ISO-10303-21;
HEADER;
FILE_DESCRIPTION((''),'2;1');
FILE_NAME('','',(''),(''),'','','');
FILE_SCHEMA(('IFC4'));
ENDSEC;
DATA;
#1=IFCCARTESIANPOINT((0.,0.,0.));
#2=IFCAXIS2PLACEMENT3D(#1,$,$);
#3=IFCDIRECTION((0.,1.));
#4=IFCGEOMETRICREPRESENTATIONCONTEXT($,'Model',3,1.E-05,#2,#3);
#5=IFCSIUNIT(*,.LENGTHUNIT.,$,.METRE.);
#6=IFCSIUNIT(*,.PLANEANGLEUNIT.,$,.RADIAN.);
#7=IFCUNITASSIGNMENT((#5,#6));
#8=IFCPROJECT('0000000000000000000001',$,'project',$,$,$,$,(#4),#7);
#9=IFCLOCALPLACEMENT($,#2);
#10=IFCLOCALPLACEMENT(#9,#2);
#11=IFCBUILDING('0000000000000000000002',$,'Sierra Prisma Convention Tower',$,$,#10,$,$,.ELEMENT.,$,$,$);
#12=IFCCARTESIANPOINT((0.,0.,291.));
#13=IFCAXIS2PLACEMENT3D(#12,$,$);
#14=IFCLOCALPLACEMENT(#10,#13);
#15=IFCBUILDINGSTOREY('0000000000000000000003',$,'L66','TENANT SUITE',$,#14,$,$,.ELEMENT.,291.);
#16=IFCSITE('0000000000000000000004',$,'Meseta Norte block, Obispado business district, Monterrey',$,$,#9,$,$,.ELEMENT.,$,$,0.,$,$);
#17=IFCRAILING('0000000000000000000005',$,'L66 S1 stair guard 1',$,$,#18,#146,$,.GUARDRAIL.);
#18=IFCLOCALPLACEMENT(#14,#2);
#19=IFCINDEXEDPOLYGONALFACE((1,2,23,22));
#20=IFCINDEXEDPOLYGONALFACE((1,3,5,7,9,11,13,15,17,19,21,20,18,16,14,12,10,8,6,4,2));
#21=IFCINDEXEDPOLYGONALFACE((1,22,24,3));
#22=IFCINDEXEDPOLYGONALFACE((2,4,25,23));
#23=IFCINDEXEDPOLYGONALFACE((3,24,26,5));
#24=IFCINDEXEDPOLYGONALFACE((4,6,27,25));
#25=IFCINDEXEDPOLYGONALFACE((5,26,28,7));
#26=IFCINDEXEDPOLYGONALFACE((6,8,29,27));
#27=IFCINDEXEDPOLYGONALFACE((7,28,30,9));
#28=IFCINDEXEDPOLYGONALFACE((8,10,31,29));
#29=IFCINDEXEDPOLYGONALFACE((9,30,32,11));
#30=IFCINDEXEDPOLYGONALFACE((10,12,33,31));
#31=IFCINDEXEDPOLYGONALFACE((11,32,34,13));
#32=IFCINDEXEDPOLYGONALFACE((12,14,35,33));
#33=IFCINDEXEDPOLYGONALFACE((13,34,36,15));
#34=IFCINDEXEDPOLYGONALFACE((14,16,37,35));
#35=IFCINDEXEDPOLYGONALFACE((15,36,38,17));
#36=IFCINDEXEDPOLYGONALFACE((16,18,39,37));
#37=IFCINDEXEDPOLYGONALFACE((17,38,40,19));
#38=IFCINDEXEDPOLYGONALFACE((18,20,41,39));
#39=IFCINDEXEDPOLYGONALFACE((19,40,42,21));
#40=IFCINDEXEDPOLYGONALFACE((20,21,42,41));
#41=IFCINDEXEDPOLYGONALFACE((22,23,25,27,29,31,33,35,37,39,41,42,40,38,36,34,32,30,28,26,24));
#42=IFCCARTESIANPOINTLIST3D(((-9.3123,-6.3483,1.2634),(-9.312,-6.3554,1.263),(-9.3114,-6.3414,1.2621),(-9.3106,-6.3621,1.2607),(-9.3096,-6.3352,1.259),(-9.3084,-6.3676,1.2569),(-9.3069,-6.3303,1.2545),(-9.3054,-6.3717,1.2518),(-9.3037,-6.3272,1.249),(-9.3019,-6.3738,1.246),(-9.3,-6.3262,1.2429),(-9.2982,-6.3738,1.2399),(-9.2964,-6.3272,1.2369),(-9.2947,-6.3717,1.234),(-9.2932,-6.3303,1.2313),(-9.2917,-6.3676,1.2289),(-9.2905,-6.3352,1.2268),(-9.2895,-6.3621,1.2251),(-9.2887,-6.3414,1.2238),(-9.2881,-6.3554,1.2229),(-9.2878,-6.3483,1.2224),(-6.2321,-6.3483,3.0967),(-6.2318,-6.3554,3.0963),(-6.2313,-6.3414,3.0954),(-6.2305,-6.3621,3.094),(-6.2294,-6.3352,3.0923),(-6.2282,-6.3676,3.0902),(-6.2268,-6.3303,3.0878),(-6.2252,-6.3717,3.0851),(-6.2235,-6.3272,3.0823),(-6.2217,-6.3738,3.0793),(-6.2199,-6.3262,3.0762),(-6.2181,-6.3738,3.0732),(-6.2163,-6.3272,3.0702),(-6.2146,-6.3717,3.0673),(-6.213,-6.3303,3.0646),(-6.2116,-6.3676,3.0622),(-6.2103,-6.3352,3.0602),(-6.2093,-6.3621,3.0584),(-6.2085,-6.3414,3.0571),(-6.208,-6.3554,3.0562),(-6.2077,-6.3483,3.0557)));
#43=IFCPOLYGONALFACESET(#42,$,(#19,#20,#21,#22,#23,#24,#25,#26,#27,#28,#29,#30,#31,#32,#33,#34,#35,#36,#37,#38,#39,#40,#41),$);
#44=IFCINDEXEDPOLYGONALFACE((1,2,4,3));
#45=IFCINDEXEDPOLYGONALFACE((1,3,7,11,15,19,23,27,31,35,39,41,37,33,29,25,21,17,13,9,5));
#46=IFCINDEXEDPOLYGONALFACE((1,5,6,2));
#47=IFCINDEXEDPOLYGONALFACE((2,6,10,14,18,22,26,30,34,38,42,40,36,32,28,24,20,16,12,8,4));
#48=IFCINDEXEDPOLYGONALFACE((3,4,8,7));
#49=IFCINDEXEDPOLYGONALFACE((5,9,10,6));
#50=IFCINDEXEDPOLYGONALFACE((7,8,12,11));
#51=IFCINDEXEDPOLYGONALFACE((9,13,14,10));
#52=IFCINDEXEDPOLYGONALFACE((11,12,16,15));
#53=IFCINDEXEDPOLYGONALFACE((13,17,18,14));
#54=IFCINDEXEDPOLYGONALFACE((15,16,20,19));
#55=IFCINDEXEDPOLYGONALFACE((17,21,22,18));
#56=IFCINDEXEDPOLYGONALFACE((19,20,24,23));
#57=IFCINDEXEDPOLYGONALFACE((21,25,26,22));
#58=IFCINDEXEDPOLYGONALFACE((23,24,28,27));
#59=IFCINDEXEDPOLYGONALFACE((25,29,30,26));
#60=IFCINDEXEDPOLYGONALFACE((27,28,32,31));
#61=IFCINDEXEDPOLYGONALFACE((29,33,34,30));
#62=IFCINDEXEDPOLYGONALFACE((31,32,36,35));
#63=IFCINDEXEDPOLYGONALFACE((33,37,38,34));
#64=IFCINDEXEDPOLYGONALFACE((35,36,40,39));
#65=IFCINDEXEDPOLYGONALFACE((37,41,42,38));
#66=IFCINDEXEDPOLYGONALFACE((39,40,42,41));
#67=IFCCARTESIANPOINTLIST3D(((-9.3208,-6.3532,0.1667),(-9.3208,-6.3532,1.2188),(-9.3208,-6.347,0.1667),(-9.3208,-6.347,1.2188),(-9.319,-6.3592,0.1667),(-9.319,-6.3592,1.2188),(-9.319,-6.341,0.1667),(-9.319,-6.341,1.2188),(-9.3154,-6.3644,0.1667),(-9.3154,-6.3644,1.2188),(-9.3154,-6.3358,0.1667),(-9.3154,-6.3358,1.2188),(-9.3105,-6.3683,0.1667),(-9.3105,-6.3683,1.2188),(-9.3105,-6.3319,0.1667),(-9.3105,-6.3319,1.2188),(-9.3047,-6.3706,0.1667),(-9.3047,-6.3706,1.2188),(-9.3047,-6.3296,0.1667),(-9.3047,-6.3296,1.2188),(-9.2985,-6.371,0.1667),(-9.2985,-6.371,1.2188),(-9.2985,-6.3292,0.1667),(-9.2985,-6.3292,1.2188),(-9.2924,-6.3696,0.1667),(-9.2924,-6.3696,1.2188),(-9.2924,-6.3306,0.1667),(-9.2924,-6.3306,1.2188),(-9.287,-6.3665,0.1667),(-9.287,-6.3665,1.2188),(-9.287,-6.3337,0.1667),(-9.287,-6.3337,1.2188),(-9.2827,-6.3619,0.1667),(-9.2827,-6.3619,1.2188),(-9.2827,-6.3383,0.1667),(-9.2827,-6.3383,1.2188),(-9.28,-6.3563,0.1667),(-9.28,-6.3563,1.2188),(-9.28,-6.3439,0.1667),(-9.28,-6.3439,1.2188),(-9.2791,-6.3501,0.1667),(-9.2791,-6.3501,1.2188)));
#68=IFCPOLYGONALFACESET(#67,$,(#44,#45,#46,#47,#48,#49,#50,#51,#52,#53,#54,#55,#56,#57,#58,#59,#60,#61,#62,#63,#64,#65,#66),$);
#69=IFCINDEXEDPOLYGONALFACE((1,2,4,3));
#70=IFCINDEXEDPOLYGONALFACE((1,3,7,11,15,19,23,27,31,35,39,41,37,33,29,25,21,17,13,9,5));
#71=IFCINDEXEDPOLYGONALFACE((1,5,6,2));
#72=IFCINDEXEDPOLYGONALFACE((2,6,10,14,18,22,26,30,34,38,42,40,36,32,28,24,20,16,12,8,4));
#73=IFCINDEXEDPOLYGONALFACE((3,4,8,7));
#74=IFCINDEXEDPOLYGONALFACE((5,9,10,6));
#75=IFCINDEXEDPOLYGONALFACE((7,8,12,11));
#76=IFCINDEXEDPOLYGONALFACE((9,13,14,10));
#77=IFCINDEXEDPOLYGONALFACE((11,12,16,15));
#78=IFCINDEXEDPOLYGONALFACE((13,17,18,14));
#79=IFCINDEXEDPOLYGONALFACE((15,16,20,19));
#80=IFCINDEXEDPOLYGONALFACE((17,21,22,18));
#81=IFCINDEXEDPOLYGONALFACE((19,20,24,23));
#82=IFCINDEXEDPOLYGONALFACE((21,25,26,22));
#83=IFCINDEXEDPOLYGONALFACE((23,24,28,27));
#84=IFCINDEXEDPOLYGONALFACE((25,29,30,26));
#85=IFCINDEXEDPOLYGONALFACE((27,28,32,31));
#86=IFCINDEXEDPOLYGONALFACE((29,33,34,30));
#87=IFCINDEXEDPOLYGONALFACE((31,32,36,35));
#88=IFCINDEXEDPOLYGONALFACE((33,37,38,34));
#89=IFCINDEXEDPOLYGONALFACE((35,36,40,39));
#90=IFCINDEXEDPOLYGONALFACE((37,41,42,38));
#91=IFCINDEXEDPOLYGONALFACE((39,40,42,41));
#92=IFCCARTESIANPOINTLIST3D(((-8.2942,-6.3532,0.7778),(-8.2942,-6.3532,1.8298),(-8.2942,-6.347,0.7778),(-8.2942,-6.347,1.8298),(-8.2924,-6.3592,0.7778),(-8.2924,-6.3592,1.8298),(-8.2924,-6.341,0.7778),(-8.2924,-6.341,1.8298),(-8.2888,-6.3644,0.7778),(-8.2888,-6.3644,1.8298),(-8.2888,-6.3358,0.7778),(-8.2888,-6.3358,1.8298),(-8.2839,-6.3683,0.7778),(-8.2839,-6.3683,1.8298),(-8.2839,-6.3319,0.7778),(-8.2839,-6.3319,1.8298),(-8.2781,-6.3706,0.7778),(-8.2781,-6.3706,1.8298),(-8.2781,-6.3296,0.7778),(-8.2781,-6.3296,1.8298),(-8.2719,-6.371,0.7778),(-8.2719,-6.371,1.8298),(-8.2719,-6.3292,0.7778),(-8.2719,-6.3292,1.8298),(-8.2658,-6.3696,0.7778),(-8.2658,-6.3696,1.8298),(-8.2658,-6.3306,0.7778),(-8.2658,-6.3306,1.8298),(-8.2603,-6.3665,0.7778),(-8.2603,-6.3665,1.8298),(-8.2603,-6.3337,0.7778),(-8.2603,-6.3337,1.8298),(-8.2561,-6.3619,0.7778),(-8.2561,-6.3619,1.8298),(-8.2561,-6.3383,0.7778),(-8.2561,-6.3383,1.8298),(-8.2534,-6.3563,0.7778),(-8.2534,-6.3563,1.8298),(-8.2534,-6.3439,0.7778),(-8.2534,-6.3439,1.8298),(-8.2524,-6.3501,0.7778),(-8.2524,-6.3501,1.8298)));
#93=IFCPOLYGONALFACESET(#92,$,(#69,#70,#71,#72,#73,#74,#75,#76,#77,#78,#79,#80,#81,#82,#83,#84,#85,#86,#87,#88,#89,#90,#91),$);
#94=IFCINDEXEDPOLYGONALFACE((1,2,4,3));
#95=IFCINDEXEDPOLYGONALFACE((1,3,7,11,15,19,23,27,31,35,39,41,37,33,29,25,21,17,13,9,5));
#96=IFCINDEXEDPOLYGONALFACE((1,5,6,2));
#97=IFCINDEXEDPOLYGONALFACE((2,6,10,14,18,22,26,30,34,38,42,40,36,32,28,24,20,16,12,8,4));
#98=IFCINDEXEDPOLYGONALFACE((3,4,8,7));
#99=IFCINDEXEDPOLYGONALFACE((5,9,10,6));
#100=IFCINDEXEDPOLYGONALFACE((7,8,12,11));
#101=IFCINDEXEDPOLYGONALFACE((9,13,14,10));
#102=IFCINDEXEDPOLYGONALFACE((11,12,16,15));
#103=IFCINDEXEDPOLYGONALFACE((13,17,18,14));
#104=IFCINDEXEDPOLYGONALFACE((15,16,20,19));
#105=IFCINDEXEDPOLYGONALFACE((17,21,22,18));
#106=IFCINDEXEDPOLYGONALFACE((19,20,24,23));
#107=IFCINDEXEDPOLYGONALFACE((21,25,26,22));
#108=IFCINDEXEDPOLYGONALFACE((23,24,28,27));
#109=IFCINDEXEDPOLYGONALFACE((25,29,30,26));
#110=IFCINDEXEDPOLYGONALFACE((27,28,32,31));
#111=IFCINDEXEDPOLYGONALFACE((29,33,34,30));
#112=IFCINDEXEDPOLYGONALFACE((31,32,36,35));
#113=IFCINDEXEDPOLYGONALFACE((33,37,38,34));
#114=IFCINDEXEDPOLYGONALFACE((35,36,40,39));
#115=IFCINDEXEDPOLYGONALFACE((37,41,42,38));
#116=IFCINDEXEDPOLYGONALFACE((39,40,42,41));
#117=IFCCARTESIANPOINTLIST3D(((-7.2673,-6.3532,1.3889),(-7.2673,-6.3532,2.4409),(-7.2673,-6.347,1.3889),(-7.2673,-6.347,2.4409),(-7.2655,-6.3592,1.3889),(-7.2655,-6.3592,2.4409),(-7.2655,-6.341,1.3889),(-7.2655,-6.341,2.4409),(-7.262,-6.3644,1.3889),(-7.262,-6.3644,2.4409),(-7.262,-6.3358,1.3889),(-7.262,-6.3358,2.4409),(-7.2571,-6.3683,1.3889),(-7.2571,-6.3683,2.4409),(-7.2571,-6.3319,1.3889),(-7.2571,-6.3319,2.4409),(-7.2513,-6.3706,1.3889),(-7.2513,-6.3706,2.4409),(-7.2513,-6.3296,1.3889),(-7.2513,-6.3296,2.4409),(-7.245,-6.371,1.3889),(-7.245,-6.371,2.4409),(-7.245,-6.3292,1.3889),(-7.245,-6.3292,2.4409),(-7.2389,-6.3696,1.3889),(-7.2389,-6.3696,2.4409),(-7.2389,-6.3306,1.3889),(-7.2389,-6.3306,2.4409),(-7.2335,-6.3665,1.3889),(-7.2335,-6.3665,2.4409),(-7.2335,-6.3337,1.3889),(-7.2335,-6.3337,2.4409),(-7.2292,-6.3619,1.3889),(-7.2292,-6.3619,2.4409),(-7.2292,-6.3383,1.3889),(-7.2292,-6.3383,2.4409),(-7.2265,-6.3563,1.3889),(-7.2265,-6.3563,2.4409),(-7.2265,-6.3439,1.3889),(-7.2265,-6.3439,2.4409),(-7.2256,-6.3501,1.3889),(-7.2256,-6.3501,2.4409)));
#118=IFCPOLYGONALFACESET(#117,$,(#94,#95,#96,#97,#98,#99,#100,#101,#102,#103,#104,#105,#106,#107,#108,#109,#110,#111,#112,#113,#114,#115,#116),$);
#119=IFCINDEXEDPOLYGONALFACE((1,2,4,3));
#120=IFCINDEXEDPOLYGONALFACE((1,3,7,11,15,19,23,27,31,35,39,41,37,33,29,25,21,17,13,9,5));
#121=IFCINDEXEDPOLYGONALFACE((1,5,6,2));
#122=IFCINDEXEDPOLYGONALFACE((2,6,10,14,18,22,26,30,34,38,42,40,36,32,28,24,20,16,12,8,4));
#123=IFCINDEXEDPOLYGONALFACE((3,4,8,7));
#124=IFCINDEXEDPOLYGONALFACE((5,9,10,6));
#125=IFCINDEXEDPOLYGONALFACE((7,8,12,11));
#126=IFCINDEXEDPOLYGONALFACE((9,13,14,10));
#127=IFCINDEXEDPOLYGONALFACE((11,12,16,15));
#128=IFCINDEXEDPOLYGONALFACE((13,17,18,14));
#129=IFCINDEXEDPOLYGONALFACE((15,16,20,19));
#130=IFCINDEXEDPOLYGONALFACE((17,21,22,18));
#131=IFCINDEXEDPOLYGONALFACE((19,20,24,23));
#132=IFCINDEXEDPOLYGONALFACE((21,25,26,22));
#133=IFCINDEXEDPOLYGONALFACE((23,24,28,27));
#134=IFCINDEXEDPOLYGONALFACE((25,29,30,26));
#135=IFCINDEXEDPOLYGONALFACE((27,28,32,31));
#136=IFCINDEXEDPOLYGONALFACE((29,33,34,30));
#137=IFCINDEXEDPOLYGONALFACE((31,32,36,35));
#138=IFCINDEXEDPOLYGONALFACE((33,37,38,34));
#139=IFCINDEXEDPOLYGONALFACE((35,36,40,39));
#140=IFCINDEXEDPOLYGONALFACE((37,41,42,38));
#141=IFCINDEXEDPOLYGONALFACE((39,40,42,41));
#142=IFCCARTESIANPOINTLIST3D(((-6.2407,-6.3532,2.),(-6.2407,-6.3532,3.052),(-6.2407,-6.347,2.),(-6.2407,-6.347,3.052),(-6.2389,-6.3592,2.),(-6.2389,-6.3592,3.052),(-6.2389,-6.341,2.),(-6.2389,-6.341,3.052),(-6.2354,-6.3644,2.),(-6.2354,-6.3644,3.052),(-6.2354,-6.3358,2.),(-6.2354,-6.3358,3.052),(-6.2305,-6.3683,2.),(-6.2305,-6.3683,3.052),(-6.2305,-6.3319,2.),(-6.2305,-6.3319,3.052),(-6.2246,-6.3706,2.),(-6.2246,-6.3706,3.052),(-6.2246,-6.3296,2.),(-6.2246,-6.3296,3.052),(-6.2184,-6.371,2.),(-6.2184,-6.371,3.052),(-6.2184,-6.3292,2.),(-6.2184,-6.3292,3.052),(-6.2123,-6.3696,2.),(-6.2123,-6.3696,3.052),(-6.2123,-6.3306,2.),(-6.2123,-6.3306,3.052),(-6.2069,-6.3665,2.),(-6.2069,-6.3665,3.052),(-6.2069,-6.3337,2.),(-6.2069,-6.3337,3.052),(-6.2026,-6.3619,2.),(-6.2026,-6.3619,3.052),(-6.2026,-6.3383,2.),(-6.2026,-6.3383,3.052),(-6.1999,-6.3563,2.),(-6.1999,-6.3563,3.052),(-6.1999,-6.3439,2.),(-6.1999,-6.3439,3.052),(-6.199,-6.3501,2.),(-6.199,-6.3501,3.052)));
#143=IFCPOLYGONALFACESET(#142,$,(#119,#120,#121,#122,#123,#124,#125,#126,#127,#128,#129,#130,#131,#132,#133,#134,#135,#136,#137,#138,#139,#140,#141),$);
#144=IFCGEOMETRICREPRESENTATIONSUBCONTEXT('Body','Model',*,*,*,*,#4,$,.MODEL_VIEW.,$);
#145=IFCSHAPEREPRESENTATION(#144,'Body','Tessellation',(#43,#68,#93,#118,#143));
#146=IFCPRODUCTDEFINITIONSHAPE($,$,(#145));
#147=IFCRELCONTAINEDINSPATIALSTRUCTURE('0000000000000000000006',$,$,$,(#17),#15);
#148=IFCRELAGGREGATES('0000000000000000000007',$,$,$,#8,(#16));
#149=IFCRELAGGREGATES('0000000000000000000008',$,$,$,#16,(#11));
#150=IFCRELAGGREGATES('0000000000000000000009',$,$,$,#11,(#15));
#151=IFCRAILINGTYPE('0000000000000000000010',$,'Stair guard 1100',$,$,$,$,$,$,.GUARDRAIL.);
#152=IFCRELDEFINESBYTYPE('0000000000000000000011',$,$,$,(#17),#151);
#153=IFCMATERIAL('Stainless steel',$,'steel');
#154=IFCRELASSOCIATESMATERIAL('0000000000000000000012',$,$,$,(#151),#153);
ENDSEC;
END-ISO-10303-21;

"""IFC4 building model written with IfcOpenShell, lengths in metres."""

from ifc_helpers import new_model, si_unit, direction, frame, origin, origin_2d, place, context, subcontext, project, spatial, circle, extrude, material, type_object, element, save


model = new_model("IFC4")

# Units and contexts
model_context = context("Model", 3, precision=1e-05, world=origin(), true_north=direction((0.0, 1.0)))
body_context = subcontext(model_context, "Body", "Model", "MODEL_VIEW")
ifc_project = project(units=[si_unit("LENGTHUNIT", "METRE"), si_unit("PLANEANGLEUNIT", "RADIAN")], contexts=[model_context])

# Site, building, storey
site_placement = place(None, origin())
site = spatial("IfcSite", under=ifc_project, at=site_placement, Name="Meseta Norte block, Obispado business district, Monterrey", CompositionType="ELEMENT", RefElevation=0.0)
building_placement = place(site_placement, origin())
building = spatial("IfcBuilding", under=site, at=building_placement, Name="Sierra Prisma Convention Tower", CompositionType="ELEMENT")
storey_placement = place(building_placement, frame((0.0, 0.0, 291.0)))
storey = spatial("IfcBuildingStorey", under=building, at=storey_placement, Name="L66", Description="TENANT SUITE", CompositionType="ELEMENT", Elevation=291.0)

# Railing
ifc_material_1 = material(Name="Stainless steel", Category="steel")
railing_type_1 = type_object("IfcRailingType", Name="Stair guard 1100", PredefinedType="GUARDRAIL", material=ifc_material_1)
railing_1_placement = place(storey_placement, frame((-9.3, -6.3501, 0.1667)))
element("IfcRailing", 1, at=railing_1_placement, inside=storey, type_object=railing_type_1, Name="L66 S1 stair guard 1", PredefinedType="GUARDRAIL", context=body_context, shape_type="SweptSolid", body=[
    extrude(circle(Radius=0.0239, at=origin_2d()), frame((0.0, 0.0, 1.0762), z_axis=(0.859309, 0.0, 0.511458), x_axis=(0.0, 1.0, 0.0)), (0.0, 0.0, 1.0), 3.5845),
    extrude(circle(Radius=0.021, at=origin_2d()), origin(), (0.0, 0.0, 1.0), 1.052),
    extrude(circle(Radius=0.021, at=origin_2d()), frame((1.0266, 0.0, 0.6111)), (0.0, 0.0, 1.0), 1.052),
    extrude(circle(Radius=0.021, at=origin_2d()), frame((2.0535, 0.0, 1.2222)), (0.0, 0.0, 1.0), 1.052),
    extrude(circle(Radius=0.021, at=origin_2d()), frame((3.0801, 0.0, 1.8333)), (0.0, 0.0, 1.0), 1.052),
])

save(model, "model.ifc")
